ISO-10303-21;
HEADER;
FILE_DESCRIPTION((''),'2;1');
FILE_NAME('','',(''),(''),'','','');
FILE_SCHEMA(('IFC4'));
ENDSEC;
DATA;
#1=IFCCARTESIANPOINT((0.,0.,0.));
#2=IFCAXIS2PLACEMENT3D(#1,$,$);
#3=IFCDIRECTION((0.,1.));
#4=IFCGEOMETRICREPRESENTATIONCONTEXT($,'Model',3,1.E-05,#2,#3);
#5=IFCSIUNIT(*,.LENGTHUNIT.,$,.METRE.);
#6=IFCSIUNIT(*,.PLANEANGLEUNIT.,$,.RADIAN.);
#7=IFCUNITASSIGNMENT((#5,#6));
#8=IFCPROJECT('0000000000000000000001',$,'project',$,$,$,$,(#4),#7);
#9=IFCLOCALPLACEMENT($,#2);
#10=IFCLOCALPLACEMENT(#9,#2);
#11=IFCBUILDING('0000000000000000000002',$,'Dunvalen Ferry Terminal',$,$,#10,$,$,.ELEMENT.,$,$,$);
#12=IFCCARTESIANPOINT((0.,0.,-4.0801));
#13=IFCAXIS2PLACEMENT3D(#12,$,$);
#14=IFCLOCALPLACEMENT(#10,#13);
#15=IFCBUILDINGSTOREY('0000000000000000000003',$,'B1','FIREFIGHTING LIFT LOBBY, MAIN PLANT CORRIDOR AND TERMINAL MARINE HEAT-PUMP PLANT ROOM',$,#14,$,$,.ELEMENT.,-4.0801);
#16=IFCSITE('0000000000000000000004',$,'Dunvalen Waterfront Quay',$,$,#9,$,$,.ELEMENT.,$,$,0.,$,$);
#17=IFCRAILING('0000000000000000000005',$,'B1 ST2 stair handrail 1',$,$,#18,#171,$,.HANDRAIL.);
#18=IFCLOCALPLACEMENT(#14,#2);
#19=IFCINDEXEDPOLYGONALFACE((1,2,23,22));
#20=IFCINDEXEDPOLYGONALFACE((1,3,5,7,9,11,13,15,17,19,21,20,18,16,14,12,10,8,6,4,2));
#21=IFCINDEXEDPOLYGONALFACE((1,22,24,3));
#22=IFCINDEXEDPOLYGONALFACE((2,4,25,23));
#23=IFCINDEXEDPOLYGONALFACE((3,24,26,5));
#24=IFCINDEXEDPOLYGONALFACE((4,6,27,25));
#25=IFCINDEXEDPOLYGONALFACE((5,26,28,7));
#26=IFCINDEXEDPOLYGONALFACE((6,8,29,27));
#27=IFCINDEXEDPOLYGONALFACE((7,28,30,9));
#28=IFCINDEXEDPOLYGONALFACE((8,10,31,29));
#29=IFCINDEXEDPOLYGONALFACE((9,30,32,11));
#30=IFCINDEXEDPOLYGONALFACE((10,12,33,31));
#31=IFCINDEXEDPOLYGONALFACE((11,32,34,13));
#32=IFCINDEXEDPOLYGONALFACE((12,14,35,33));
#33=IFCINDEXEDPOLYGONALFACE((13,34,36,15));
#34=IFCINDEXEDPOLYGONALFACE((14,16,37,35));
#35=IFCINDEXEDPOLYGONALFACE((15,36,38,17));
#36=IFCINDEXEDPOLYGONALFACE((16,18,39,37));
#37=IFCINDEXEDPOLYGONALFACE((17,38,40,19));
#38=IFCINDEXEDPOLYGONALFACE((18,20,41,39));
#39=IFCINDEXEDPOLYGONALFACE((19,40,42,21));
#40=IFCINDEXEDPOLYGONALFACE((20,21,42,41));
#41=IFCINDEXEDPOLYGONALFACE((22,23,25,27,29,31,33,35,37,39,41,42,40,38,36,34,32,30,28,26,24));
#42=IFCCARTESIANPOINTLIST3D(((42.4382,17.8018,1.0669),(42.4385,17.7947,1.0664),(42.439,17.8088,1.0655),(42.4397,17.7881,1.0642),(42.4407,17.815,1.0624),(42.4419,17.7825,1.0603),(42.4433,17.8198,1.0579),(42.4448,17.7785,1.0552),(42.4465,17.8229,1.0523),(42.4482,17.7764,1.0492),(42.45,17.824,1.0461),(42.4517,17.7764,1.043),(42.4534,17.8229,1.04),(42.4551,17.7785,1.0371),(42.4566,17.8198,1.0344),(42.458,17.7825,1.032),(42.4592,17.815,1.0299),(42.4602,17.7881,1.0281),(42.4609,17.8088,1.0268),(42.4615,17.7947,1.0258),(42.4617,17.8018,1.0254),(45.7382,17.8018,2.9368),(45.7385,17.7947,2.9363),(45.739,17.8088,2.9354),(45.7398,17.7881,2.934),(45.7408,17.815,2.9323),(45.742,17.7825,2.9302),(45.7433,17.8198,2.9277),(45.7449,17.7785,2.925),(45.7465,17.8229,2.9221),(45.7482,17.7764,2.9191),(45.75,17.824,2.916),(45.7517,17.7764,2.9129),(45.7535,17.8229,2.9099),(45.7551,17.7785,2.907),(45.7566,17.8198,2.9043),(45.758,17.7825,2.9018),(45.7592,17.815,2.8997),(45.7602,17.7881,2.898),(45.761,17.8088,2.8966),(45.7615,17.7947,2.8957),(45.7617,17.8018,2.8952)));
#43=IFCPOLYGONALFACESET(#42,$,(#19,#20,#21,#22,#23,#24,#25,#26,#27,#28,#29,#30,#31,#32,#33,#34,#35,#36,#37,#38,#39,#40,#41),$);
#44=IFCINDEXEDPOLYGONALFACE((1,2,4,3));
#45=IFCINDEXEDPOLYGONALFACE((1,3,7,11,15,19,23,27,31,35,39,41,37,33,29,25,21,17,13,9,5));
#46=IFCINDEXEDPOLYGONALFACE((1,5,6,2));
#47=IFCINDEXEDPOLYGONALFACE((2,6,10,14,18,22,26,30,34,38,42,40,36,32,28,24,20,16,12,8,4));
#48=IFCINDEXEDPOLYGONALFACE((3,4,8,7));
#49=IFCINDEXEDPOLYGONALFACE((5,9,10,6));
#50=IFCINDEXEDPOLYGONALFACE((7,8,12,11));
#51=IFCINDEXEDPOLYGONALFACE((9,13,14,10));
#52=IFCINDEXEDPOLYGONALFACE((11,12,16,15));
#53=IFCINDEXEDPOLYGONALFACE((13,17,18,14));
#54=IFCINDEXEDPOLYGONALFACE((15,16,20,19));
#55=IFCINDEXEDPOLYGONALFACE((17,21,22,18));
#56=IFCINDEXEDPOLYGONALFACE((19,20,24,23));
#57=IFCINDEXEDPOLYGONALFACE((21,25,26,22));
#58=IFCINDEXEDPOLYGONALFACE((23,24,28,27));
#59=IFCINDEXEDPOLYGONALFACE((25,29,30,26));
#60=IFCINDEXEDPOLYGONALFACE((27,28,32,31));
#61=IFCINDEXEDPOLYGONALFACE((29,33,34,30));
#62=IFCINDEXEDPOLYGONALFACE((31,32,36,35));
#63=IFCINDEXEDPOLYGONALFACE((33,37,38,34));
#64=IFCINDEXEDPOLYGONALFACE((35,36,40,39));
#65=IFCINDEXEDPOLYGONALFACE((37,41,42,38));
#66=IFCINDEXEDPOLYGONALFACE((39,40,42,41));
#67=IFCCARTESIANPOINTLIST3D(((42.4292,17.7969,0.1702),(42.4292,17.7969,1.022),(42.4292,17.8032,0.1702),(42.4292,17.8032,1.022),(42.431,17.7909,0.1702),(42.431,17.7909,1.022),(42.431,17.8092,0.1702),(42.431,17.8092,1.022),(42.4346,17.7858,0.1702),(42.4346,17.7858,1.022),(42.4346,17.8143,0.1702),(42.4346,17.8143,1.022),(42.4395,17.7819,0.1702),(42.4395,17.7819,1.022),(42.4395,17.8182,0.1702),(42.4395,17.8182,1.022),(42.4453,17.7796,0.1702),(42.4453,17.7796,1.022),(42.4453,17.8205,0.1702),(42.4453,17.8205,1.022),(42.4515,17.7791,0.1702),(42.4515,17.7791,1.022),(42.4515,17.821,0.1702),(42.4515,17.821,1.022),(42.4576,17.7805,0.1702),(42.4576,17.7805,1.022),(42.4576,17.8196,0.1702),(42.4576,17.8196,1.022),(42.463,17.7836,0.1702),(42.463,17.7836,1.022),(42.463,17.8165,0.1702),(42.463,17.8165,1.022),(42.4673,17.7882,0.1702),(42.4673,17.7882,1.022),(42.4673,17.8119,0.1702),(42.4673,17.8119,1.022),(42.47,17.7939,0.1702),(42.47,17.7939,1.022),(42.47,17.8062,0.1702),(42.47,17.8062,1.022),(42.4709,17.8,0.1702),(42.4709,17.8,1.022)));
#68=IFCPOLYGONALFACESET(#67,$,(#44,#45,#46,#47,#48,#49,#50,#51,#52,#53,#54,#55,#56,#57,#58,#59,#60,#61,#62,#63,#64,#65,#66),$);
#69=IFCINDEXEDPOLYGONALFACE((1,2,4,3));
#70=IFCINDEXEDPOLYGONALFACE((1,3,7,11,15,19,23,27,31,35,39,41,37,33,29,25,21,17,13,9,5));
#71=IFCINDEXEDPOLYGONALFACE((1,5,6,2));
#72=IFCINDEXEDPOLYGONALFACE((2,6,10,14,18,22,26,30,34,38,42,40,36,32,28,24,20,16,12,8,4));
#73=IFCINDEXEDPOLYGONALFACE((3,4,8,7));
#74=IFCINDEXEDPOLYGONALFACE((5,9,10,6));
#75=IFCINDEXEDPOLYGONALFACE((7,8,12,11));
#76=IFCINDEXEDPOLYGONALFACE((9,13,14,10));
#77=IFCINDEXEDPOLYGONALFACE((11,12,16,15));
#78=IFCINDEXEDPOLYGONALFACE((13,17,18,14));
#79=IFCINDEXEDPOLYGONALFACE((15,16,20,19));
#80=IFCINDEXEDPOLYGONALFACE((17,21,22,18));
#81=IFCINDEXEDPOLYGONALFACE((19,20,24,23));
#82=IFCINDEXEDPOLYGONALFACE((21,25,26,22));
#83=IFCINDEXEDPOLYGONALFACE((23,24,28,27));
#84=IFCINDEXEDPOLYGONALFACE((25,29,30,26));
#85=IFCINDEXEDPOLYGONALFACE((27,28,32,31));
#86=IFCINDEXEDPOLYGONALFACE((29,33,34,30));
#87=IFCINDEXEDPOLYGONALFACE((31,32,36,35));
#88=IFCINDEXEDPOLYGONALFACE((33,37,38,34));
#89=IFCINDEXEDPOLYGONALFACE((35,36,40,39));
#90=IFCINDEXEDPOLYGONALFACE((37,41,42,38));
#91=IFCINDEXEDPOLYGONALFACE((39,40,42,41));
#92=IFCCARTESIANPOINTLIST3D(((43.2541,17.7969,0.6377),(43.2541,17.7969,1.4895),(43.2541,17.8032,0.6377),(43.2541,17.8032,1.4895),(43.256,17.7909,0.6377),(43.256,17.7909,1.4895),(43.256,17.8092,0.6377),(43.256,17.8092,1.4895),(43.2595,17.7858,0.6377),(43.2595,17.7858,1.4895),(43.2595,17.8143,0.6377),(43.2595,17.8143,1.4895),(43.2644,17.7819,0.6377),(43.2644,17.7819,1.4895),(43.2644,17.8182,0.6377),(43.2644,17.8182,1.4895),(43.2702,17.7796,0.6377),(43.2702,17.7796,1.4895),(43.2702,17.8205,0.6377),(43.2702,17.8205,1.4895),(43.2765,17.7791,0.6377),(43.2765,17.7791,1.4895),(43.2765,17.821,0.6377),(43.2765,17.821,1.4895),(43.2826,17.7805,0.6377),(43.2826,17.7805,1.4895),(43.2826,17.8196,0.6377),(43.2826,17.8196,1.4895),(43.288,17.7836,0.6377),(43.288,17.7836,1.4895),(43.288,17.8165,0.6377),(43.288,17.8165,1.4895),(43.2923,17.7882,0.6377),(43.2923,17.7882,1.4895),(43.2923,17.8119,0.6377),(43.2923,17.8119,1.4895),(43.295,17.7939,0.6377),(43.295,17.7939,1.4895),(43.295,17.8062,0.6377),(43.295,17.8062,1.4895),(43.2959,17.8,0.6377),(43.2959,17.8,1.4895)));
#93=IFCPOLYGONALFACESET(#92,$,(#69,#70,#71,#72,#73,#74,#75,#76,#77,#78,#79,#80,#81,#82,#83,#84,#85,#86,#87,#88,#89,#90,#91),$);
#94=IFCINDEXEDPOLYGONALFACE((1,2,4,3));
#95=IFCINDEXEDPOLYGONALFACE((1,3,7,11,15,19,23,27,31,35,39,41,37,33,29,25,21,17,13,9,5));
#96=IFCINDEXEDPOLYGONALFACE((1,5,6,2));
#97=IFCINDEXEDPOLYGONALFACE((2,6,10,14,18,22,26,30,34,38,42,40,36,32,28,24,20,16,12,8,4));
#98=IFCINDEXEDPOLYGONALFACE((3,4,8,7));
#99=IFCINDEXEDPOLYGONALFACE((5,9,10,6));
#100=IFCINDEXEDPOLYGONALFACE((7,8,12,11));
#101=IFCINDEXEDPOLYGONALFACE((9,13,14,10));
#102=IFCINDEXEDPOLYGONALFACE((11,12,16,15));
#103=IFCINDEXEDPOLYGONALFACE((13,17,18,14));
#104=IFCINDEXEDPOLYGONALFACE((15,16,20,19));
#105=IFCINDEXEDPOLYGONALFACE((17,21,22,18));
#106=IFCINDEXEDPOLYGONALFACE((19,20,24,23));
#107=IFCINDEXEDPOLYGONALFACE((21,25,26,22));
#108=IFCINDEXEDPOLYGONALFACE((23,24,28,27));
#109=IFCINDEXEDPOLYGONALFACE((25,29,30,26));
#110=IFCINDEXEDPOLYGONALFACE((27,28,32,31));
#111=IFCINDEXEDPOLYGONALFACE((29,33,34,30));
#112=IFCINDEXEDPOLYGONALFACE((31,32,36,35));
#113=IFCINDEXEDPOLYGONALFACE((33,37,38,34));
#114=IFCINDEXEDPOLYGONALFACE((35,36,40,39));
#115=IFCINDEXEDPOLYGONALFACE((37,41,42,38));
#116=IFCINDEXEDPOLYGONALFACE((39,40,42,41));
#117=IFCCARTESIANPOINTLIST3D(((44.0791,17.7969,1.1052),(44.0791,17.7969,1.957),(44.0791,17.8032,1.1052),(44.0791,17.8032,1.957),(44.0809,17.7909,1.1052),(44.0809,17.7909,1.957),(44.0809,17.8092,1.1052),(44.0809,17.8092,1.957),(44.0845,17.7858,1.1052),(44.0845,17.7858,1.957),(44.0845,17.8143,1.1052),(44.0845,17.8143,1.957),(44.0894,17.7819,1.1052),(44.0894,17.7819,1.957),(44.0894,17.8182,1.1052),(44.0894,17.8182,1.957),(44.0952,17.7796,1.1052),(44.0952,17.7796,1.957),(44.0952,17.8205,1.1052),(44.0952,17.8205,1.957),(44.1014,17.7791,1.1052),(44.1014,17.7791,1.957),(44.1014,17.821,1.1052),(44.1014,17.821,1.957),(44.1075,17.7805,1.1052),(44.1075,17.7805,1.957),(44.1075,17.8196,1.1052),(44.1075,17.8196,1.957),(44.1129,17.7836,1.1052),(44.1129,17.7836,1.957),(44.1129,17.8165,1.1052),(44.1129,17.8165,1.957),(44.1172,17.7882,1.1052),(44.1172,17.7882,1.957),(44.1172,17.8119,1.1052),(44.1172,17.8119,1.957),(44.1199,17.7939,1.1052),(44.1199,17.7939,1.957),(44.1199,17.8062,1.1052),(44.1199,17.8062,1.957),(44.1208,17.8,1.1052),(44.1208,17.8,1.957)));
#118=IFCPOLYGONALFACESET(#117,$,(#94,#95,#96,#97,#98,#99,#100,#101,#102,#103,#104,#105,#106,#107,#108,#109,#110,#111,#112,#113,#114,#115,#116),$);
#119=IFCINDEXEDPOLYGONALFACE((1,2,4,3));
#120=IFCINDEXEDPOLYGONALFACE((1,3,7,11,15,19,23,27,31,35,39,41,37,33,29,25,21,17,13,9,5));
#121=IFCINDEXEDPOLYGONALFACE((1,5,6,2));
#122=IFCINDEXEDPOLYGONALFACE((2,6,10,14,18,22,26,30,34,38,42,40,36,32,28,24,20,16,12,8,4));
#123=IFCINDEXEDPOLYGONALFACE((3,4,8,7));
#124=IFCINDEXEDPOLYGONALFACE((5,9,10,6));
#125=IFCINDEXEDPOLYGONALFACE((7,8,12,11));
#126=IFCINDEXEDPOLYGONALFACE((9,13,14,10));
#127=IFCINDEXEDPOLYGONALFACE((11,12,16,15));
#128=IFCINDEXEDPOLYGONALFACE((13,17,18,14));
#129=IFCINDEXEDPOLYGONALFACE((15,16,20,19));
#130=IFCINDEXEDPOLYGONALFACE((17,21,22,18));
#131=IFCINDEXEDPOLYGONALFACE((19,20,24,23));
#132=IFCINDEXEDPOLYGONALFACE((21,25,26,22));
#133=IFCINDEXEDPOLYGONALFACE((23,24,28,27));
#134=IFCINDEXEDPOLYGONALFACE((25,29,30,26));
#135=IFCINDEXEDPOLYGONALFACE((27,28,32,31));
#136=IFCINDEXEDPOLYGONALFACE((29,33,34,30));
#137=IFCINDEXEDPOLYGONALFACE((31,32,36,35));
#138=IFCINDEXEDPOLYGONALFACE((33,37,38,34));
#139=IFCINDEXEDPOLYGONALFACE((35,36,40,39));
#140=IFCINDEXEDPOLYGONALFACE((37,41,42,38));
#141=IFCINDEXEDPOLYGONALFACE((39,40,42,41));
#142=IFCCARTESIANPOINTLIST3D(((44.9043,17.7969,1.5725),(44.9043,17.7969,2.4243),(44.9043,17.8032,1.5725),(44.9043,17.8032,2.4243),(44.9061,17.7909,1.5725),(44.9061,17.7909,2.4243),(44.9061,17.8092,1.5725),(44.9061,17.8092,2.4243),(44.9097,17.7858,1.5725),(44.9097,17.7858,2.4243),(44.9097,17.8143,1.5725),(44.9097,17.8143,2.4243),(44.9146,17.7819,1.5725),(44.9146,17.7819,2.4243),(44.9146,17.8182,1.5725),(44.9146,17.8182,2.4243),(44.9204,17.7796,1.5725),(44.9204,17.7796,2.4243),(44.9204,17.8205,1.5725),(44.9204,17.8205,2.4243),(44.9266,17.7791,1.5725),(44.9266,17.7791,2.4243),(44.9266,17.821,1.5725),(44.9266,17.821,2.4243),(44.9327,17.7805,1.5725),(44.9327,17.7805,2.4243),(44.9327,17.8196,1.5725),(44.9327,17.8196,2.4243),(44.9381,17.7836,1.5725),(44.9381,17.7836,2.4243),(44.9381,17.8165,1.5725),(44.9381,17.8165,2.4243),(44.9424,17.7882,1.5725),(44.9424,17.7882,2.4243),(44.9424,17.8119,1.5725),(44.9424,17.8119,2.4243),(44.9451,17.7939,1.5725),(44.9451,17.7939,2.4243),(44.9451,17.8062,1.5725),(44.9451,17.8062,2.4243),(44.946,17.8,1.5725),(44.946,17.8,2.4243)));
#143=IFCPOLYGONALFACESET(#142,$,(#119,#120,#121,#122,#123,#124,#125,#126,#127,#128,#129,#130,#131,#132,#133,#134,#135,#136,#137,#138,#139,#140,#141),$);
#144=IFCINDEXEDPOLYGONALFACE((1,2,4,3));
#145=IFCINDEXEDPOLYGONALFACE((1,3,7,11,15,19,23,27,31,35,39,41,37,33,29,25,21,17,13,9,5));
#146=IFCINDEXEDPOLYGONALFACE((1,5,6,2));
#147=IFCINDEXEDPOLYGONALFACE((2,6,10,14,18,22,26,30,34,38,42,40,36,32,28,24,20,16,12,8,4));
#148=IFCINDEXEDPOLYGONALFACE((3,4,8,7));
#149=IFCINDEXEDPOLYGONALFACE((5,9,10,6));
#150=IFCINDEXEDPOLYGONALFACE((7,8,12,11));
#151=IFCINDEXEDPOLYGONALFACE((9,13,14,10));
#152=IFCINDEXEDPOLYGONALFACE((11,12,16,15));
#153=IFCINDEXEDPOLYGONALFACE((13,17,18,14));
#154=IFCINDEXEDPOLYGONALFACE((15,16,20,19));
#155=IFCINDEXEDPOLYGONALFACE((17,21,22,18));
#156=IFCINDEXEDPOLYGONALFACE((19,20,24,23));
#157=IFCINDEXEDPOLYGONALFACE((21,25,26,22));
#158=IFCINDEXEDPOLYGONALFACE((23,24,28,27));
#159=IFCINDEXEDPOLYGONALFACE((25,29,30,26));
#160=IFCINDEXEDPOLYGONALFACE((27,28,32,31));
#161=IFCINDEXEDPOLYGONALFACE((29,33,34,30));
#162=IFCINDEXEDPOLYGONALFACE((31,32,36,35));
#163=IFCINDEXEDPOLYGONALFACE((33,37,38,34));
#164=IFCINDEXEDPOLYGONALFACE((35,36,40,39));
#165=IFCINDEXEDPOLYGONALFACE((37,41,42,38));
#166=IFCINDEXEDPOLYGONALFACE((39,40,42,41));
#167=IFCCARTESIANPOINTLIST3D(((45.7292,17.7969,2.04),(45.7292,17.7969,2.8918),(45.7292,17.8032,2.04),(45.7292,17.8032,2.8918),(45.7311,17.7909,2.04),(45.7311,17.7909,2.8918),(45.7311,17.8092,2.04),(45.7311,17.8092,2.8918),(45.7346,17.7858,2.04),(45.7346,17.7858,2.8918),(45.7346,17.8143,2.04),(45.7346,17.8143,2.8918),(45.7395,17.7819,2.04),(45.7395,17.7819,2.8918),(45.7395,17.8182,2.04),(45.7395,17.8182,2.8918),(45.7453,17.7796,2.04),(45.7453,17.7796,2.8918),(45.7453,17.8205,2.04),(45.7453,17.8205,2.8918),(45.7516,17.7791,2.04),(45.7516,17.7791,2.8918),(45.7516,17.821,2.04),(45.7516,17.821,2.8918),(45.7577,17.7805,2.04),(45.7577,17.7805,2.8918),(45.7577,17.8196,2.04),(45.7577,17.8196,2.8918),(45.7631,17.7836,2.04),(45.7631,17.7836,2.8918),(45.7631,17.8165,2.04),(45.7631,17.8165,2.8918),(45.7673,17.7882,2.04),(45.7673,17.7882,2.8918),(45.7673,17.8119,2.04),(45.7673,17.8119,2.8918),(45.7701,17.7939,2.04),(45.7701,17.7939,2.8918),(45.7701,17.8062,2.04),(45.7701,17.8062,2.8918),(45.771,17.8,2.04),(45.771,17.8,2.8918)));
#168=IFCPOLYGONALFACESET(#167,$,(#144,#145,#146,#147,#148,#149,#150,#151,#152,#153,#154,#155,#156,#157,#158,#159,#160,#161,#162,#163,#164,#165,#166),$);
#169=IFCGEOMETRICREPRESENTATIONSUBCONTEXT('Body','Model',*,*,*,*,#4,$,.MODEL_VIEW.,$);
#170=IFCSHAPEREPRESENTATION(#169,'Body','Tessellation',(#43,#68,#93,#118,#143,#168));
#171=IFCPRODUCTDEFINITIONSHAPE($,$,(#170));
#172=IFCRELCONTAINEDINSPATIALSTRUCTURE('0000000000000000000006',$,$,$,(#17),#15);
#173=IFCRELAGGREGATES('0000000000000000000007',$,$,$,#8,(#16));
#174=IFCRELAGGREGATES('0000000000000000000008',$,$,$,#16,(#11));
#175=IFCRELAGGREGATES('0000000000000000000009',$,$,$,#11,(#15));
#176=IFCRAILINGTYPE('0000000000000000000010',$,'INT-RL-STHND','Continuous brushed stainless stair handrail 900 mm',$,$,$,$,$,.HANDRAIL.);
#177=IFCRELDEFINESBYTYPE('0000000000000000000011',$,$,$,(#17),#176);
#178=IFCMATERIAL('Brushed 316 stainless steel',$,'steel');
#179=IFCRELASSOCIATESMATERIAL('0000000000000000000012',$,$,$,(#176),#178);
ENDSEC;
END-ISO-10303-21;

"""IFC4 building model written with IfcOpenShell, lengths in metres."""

from ifc_helpers import new_model, si_unit, direction, frame, origin, origin_2d, place, context, subcontext, project, spatial, circle, extrude, material, type_object, element, save


model = new_model("IFC4")

# Units and contexts
model_context = context("Model", 3, precision=1e-05, world=origin(), true_north=direction((0.0, 1.0)))
body_context = subcontext(model_context, "Body", "Model", "MODEL_VIEW")
ifc_project = project(units=[si_unit("LENGTHUNIT", "METRE"), si_unit("PLANEANGLEUNIT", "RADIAN")], contexts=[model_context])

# Site, building, storey
site_placement = place(None, origin())
site = spatial("IfcSite", under=ifc_project, at=site_placement, Name="Dunvalen Waterfront Quay", CompositionType="ELEMENT", RefElevation=0.0)
building_placement = place(site_placement, origin())
building = spatial("IfcBuilding", under=site, at=building_placement, Name="Dunvalen Ferry Terminal", CompositionType="ELEMENT")
storey_placement = place(building_placement, frame((0.0, 0.0, -4.0801)))
storey = spatial("IfcBuildingStorey", under=building, at=storey_placement, Name="B1", Description="FIREFIGHTING LIFT LOBBY, MAIN PLANT CORRIDOR AND TERMINAL MARINE HEAT-PUMP PLANT ROOM", CompositionType="ELEMENT", Elevation=-4.0801)

# Shared definitions
ifc_material_1 = material(Name="Brushed 316 stainless steel", Category="steel")

# Railing
railing_type_1 = type_object("IfcRailingType", Name="INT-RL-STHND", Description="Continuous brushed stainless stair handrail 900 mm", PredefinedType="HANDRAIL", material=ifc_material_1)
railing_1_placement = place(storey_placement, frame((42.45, 17.8, 0.1702)))
element("IfcRailing", 1, at=railing_1_placement, inside=storey, type_object=railing_type_1, Name="B1 ST2 stair handrail 1", PredefinedType="HANDRAIL", context=body_context, shape_type="SweptSolid", body=[
    extrude(circle(Radius=0.0239, at=origin_2d()), frame((0.0, 0.0, 0.876), z_axis=(0.87004, 0.0, 0.492982), x_axis=(0.0, 1.0, 0.0)), (0.0, 0.0, 1.0), 3.793),
    extrude(circle(Radius=0.021, at=origin_2d()), origin(), (0.0, 0.0, 1.0), 0.8518),
    extrude(circle(Radius=0.021, at=origin_2d()), frame((0.825, 0.0, 0.4675)), (0.0, 0.0, 1.0), 0.8518),
    extrude(circle(Radius=0.021, at=origin_2d()), frame((1.6499, 0.0, 0.9351)), (0.0, 0.0, 1.0), 0.8518),
    extrude(circle(Radius=0.021, at=origin_2d()), frame((2.4751, 0.0, 1.4023)), (0.0, 0.0, 1.0), 0.8518),
    extrude(circle(Radius=0.021, at=origin_2d()), frame((3.3, 0.0, 1.8699)), (0.0, 0.0, 1.0), 0.8518),
])

save(model, "model.ifc")
